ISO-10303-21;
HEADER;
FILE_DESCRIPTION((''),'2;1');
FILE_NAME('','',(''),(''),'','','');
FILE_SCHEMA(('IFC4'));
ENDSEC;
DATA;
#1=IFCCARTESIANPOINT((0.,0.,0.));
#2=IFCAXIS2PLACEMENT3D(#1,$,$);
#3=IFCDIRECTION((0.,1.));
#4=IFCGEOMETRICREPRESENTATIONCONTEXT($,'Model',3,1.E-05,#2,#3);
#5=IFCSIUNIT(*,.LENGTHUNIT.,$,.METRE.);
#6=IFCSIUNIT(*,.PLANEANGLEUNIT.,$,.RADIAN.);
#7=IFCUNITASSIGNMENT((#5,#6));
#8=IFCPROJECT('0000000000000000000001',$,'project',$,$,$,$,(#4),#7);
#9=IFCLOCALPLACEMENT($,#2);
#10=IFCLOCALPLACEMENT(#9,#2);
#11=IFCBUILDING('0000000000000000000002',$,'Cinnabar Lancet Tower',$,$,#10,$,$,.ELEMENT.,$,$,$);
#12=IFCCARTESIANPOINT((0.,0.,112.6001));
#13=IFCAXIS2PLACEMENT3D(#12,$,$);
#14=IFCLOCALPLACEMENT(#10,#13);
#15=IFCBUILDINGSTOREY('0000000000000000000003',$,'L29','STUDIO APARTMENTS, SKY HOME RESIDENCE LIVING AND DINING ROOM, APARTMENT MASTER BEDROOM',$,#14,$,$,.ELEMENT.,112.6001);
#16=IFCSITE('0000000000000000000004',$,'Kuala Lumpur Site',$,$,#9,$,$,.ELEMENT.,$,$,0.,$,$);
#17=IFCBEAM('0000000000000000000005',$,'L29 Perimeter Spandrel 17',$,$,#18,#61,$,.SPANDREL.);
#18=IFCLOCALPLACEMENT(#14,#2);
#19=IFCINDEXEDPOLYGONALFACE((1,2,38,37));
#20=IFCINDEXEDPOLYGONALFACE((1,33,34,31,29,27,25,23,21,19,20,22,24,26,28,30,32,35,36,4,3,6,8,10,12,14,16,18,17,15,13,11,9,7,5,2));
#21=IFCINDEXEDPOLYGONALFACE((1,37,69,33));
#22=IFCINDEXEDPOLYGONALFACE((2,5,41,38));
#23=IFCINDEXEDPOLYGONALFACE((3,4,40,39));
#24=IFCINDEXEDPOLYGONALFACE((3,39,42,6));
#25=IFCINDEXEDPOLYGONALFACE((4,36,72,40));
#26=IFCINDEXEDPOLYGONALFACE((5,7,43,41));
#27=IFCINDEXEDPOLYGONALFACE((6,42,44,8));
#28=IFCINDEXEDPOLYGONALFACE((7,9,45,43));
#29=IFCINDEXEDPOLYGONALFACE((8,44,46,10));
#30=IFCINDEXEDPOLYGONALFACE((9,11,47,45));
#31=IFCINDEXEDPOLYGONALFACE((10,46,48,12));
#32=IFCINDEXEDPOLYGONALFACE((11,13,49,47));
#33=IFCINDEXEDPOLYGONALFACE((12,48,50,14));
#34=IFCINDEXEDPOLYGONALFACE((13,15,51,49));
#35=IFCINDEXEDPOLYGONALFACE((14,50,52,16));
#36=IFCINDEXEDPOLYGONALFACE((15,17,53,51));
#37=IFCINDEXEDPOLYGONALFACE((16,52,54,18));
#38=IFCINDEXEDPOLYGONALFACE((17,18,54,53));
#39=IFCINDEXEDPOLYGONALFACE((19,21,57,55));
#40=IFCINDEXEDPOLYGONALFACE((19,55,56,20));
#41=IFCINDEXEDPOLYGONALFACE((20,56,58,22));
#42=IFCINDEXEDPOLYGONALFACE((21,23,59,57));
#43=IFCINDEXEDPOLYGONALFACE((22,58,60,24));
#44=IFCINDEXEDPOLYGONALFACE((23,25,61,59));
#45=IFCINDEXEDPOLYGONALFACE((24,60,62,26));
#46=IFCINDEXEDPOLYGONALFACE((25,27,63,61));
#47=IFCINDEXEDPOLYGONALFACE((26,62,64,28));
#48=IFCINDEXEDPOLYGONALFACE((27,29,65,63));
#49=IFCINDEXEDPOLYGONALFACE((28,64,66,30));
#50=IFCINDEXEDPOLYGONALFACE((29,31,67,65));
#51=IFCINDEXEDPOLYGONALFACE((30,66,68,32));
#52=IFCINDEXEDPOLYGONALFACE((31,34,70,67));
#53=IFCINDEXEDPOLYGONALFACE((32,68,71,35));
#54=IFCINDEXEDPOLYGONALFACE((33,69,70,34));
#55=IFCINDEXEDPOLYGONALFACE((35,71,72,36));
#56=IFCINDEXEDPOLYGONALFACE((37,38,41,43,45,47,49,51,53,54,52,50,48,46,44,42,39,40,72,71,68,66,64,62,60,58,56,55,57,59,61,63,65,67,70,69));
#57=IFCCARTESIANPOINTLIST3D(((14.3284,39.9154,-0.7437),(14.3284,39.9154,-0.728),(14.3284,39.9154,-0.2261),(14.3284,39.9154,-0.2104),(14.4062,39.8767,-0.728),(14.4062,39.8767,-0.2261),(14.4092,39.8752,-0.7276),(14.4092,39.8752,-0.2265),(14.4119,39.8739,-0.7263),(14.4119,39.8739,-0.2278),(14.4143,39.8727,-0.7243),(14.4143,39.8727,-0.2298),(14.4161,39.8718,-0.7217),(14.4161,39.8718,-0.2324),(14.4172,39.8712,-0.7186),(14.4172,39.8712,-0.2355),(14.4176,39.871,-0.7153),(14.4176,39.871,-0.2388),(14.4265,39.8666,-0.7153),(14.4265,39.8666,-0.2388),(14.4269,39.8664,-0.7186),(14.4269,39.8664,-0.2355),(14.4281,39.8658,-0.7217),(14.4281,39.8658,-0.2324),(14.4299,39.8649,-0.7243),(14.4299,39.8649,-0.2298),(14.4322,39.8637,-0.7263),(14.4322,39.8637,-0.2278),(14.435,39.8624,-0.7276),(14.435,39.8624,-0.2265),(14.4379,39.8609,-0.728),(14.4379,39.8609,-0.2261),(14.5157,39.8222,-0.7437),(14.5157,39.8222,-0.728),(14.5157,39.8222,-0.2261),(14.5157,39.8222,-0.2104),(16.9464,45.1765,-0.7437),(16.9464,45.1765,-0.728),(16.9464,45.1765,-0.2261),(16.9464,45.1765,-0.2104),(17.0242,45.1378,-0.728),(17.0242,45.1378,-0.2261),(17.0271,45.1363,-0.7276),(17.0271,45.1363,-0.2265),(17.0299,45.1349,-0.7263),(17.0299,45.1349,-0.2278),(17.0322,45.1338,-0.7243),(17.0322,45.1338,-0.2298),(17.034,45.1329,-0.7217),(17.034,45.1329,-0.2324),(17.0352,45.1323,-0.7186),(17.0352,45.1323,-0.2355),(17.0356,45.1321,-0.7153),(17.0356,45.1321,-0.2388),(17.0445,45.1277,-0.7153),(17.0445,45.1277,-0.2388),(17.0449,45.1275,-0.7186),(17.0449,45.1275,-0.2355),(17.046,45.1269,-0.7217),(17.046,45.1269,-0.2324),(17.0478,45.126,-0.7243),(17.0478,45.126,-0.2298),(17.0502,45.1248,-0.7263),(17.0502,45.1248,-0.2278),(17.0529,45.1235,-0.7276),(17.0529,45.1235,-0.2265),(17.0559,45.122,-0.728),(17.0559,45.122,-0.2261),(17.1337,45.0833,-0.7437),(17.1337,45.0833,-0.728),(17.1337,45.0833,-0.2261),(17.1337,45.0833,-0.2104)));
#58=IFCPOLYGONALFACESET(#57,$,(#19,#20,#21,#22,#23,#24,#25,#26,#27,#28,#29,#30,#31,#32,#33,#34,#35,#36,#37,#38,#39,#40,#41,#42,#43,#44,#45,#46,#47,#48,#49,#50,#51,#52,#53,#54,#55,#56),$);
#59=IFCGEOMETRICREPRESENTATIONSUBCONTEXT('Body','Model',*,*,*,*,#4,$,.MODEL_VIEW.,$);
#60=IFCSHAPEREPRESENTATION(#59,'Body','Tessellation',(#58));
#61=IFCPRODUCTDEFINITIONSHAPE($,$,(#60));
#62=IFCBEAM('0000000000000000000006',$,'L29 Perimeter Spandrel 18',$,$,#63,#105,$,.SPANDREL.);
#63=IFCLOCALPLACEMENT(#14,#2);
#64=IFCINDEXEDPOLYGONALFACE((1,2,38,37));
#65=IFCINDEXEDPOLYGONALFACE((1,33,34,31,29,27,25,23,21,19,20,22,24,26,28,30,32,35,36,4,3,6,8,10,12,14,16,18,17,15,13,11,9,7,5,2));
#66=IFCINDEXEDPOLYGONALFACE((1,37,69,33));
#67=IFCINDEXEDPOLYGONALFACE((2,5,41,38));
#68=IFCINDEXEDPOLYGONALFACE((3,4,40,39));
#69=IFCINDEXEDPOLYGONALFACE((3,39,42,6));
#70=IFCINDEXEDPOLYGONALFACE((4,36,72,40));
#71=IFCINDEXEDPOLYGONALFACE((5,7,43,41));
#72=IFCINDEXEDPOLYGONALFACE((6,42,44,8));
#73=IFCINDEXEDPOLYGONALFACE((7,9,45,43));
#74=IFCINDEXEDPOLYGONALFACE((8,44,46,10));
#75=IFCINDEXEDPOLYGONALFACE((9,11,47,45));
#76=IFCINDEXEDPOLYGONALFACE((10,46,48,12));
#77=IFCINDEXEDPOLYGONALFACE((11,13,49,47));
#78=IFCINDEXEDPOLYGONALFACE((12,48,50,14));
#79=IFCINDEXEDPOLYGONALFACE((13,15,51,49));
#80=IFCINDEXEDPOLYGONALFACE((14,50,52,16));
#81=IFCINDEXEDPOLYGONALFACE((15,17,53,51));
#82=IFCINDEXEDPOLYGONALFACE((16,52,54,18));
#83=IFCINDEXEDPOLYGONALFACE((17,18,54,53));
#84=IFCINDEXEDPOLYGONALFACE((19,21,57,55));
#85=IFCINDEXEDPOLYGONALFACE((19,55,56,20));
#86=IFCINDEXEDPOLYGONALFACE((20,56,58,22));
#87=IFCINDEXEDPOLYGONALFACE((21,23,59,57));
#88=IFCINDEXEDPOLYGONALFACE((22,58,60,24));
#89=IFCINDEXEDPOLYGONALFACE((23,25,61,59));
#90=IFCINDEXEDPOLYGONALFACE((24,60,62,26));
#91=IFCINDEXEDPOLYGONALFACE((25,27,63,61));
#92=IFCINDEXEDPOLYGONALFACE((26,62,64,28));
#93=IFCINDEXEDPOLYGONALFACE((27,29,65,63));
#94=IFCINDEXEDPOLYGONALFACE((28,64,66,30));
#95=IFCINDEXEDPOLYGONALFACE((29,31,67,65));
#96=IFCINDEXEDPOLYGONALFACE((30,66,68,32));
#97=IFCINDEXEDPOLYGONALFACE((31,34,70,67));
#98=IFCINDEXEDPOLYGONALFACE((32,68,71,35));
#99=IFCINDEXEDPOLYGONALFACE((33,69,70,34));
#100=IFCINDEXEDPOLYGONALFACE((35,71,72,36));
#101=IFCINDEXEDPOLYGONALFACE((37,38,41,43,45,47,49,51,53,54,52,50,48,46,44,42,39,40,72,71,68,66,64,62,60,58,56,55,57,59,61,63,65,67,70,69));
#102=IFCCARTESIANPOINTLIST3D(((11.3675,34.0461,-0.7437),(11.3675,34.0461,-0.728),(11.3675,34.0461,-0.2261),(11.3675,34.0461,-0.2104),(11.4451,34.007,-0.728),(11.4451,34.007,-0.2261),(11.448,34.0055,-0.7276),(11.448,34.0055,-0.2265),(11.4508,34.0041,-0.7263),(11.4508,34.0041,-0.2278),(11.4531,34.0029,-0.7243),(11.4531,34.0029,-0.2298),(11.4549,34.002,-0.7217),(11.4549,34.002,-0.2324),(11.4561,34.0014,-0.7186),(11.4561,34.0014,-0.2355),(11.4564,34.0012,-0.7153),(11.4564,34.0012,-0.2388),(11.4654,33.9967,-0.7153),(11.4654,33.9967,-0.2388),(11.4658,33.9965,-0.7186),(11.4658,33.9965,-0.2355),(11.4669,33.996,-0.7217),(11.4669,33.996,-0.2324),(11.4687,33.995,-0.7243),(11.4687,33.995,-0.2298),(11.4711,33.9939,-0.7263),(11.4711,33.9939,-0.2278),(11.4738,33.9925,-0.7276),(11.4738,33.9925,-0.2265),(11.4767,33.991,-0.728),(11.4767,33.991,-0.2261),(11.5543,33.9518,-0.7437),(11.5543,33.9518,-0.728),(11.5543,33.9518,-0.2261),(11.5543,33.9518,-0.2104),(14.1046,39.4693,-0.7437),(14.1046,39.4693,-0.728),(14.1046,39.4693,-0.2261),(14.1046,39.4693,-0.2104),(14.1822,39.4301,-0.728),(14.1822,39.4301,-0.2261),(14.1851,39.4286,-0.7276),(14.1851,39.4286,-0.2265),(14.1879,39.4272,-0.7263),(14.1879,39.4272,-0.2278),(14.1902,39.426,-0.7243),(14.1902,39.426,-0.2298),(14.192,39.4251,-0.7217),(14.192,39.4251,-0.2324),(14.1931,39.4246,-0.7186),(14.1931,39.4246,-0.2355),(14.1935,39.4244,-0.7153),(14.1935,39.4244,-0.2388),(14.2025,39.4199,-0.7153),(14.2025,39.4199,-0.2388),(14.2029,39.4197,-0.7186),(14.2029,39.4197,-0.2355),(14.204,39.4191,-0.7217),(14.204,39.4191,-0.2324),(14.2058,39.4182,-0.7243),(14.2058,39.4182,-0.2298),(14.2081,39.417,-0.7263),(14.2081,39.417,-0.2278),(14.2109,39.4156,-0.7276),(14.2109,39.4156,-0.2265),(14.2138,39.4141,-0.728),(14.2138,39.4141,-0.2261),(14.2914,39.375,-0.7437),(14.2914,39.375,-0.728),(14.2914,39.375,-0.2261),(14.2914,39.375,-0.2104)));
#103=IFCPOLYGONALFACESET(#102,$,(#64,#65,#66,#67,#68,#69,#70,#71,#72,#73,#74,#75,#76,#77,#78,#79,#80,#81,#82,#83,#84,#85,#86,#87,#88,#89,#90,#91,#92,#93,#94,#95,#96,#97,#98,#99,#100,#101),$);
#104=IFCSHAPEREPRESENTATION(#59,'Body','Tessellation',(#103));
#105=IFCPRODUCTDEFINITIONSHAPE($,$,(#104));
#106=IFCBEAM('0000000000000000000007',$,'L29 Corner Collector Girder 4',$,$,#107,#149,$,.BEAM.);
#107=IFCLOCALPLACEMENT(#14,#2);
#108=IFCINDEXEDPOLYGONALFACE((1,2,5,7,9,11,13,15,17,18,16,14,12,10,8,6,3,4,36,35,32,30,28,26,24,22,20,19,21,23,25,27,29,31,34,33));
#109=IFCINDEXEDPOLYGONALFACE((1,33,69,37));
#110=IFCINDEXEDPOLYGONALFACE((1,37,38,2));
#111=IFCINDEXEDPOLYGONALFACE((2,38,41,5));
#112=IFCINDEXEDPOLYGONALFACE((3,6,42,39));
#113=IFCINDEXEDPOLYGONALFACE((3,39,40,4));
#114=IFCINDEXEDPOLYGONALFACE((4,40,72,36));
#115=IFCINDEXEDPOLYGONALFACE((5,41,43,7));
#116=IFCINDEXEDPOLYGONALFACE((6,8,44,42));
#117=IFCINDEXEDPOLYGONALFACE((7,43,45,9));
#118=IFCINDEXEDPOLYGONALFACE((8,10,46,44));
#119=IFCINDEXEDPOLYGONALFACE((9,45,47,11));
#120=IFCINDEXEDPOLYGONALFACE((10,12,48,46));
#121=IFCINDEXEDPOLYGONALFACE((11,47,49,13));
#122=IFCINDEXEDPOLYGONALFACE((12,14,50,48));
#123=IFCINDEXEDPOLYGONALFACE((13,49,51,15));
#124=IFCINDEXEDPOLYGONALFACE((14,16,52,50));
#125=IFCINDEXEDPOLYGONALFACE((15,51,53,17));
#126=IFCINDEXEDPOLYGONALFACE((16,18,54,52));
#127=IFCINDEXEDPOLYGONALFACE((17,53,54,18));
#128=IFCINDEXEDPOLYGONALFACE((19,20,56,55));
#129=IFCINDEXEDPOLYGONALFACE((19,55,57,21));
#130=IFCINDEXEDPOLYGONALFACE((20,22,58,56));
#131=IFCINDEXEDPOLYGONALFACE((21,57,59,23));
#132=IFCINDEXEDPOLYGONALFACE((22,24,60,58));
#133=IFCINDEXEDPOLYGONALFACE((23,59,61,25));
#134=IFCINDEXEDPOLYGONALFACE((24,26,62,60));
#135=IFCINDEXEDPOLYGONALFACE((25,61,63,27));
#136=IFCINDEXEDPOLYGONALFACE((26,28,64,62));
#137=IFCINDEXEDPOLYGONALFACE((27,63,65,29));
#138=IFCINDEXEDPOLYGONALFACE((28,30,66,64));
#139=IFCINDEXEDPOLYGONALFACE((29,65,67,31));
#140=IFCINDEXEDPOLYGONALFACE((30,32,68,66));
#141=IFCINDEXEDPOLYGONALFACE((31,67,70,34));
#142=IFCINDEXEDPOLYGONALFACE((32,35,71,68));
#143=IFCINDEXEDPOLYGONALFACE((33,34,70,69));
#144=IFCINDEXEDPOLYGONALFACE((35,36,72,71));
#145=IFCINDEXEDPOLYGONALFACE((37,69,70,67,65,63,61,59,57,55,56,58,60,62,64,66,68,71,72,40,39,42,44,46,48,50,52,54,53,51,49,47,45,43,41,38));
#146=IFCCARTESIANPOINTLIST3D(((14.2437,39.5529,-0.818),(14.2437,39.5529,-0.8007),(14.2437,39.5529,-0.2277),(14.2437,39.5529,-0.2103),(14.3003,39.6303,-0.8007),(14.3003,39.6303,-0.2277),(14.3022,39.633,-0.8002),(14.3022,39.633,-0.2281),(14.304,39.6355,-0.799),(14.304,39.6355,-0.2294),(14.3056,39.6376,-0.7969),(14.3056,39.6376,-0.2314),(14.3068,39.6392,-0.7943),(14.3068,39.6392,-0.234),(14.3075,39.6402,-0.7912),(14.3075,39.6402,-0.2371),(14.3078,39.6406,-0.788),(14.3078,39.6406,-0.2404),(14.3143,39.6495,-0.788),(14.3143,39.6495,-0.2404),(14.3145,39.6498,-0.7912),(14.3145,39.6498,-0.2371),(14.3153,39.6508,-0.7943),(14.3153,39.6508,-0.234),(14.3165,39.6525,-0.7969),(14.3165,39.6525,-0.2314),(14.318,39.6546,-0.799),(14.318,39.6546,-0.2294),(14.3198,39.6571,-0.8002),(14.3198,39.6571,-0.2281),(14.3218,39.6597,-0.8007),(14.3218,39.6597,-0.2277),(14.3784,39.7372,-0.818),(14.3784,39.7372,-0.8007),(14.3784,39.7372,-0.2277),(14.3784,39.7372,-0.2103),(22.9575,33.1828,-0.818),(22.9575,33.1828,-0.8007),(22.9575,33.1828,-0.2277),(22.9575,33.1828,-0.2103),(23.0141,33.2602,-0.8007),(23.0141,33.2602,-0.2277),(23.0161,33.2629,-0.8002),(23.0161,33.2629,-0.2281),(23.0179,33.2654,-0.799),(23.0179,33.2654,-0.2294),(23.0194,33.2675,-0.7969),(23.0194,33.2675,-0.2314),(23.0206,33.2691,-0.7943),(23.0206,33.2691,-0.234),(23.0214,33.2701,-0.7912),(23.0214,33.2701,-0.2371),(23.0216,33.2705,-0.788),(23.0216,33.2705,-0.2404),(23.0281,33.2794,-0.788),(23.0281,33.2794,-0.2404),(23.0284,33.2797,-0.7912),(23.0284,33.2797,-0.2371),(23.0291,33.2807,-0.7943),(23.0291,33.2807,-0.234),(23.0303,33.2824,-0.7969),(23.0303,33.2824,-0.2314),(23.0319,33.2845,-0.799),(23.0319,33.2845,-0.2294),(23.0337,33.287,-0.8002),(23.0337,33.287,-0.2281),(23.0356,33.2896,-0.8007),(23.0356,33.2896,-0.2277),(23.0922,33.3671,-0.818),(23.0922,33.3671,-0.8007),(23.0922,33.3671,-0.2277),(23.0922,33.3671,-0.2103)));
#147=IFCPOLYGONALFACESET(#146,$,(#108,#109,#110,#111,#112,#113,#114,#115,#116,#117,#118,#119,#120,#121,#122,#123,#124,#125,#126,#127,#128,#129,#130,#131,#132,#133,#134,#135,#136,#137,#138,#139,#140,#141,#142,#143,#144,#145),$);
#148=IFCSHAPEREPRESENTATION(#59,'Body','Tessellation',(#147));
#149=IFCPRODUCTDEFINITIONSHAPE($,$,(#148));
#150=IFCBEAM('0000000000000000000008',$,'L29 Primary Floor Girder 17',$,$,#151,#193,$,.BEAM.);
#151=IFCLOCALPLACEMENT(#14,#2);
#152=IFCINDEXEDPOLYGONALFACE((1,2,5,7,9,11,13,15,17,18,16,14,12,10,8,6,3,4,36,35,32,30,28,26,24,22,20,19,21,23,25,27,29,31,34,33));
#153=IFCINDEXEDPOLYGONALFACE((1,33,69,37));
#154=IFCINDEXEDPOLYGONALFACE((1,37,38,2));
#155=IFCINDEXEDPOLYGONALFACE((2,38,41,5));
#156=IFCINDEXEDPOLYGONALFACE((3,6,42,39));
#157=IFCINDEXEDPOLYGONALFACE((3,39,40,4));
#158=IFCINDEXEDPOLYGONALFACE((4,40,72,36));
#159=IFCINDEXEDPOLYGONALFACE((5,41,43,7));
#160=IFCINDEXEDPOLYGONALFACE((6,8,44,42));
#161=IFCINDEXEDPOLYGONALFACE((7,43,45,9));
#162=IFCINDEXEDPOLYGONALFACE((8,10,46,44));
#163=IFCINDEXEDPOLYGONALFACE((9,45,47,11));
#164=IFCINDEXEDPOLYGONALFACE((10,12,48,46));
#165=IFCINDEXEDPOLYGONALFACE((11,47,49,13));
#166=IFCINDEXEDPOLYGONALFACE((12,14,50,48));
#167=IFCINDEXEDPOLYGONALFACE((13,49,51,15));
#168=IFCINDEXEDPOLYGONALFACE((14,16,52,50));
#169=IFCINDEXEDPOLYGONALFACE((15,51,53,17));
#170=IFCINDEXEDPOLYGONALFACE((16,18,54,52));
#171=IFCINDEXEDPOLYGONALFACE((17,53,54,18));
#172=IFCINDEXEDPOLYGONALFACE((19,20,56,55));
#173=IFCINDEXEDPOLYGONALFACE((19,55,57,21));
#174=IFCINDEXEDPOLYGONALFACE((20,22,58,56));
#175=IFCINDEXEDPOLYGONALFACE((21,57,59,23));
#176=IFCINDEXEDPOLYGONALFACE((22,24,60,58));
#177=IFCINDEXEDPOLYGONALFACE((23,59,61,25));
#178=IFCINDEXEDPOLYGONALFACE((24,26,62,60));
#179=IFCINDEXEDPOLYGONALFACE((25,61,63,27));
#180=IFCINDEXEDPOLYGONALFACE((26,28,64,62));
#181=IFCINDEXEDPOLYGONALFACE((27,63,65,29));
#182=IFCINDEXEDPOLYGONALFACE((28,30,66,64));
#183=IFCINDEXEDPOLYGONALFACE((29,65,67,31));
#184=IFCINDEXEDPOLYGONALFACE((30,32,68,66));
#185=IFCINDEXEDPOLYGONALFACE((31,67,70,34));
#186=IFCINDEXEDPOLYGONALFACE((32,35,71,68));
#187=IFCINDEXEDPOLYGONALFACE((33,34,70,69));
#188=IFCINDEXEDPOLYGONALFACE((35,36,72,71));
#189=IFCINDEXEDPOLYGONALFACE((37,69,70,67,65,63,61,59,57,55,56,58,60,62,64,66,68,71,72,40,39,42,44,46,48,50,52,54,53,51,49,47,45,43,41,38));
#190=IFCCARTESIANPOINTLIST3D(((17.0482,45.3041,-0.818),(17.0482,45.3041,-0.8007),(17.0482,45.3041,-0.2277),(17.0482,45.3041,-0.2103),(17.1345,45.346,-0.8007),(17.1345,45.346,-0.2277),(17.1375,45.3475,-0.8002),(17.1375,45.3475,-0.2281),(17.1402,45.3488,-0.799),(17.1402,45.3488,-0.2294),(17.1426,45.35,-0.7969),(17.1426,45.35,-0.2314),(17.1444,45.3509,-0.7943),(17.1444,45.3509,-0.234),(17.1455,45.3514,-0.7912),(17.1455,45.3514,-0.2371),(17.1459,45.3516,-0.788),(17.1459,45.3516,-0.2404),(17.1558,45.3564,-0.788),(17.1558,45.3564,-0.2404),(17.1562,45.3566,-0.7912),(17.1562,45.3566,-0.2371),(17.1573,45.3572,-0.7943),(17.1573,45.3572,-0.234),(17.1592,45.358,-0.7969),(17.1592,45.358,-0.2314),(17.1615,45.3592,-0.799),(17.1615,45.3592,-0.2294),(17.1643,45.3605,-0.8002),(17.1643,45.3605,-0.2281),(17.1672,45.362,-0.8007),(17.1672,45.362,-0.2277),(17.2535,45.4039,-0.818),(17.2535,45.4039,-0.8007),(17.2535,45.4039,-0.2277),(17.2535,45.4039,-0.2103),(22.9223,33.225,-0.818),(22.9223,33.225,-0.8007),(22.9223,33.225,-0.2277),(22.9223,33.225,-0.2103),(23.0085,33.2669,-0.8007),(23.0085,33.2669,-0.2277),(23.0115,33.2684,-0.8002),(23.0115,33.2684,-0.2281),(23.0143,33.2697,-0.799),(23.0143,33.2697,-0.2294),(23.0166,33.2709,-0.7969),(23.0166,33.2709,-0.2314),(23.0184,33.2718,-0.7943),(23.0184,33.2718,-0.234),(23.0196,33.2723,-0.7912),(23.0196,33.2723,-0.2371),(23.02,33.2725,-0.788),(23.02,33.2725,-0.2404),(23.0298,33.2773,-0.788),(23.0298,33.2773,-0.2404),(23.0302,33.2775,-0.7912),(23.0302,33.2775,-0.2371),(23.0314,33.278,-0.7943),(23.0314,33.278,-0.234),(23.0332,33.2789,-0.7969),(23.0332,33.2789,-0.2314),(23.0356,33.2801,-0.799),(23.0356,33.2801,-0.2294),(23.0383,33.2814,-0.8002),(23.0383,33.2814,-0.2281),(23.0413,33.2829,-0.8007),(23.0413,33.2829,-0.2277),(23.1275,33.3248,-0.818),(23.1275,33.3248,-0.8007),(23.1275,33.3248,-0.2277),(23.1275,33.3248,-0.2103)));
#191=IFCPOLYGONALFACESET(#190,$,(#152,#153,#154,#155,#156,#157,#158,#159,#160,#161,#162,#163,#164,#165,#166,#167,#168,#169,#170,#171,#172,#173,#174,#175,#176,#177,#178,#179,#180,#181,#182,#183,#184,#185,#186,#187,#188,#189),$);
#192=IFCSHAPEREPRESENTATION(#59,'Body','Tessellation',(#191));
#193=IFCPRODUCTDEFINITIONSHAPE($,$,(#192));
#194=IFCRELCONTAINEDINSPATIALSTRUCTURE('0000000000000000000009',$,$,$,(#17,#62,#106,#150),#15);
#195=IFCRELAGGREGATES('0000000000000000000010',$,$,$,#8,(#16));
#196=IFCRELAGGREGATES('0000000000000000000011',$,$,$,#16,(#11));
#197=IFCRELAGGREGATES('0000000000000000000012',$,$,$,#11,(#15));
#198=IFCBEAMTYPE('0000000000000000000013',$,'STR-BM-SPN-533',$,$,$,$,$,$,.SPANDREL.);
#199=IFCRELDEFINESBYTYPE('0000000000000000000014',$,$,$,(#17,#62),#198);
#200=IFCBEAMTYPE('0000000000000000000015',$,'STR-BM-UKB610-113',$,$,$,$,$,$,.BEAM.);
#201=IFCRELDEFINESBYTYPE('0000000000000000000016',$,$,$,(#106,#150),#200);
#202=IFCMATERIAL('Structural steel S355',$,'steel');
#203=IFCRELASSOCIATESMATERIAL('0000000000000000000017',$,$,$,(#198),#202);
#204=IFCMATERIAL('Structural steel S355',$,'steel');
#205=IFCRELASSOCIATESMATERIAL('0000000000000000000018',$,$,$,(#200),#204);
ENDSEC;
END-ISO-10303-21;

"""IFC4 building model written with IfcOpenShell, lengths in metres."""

from ifc_helpers import new_model, si_unit, direction, frame, origin, origin_2d, place, context, subcontext, project, spatial, i_section, extrude, material, material_profile, profile_set, type_object, element, save


model = new_model("IFC4")

# Units and contexts
model_context = context("Model", 3, precision=1e-05, world=origin(), true_north=direction((0.0, 1.0)))
body_context = subcontext(model_context, "Body", "Model", "MODEL_VIEW")
ifc_project = project(units=[si_unit("LENGTHUNIT", "METRE"), si_unit("PLANEANGLEUNIT", "RADIAN")], contexts=[model_context])

# Site, building, storey
site_placement = place(None, origin())
site = spatial("IfcSite", under=ifc_project, at=site_placement, Name="Kuala Lumpur Site", CompositionType="ELEMENT", RefElevation=0.0)
building_placement = place(site_placement, origin())
building = spatial("IfcBuilding", under=site, at=building_placement, Name="Cinnabar Lancet Tower", CompositionType="ELEMENT")
storey_placement = place(building_placement, frame((0.0, 0.0, 112.6001)))
storey = spatial("IfcBuildingStorey", under=building, at=storey_placement, Name="L29", Description="STUDIO APARTMENTS, SKY HOME RESIDENCE LIVING AND DINING ROOM, APARTMENT MASTER BEDROOM", CompositionType="ELEMENT", Elevation=112.6001)

# Beams
ifc_material_1 = material(Name="Structural steel S355", Category="steel")
ifc_material_profile_1 = material_profile(ifc_material_1, i_section(OverallWidth=0.2092, OverallDepth=0.5332, WebThickness=0.01, FlangeThickness=0.0156, FilletRadius=0.0127, at=origin_2d()), Name="UKB 533x210x92")
ifc_profile_set_1 = profile_set([ifc_material_profile_1], Name="Structural steel S355")
beam_type_1 = type_object("IfcBeamType", Name="STR-BM-SPN-533", PredefinedType="SPANDREL", material=ifc_profile_set_1)
beam_1_placement = place(storey_placement, frame((17.04, 45.1299, -0.4771), z_axis=(-0.445501, -0.895281, 0.0), x_axis=(0.895281, -0.445501, 0.0)))
element("IfcBeam", 1, at=beam_1_placement, inside=storey, type_object=beam_type_1, Name="L29 Perimeter Spandrel 17", PredefinedType="SPANDREL", context=body_context, shape_type="SweptSolid", body=[
    extrude(i_section(OverallWidth=0.2092, OverallDepth=0.5332, WebThickness=0.01, FlangeThickness=0.0156, FilletRadius=0.0127, at=origin_2d()), origin(), (0.0, 0.0, 1.0), 5.8765),
])
beam_2_placement = place(storey_placement, frame((14.198, 39.4221, -0.4771), z_axis=(-0.45057, -0.892741, 0.0), x_axis=(0.892741, -0.45057, 0.0)))
element("IfcBeam", 2, at=beam_2_placement, inside=storey, type_object=beam_type_1, Name="L29 Perimeter Spandrel 18", PredefinedType="SPANDREL", context=body_context, shape_type="SweptSolid", body=[
    extrude(i_section(OverallWidth=0.2092, OverallDepth=0.5332, WebThickness=0.01, FlangeThickness=0.0156, FilletRadius=0.0127, at=origin_2d()), origin(), (0.0, 0.0, 1.0), 6.0747),
])
ifc_material_2 = material(Name="Structural steel S355", Category="steel")
ifc_material_profile_2 = material_profile(ifc_material_2, i_section(OverallWidth=0.2283, OverallDepth=0.6077, WebThickness=0.011, FlangeThickness=0.0173, FilletRadius=0.0127, at=origin_2d()), Name="UKB 610x229x113")
ifc_profile_set_2 = profile_set([ifc_material_profile_2], Name="Structural steel S355")
beam_type_2 = type_object("IfcBeamType", Name="STR-BM-UKB610-113", PredefinedType="BEAM", material=ifc_profile_set_2)
beam_3_placement = place(storey_placement, frame((14.311, 39.645, -0.5142), z_axis=(0.80729, -0.590155, 0.0), x_axis=(0.590155, 0.80729, 0.0)))
element("IfcBeam", 3, at=beam_3_placement, inside=storey, type_object=beam_type_2, Name="L29 Corner Collector Girder 4", PredefinedType="BEAM", context=body_context, shape_type="SweptSolid", body=[
    extrude(i_section(OverallWidth=0.2283, OverallDepth=0.6077, WebThickness=0.011, FlangeThickness=0.0173, FilletRadius=0.0127, at=origin_2d()), origin(), (0.0, 0.0, 1.0), 10.7939),
])
beam_4_placement = place(storey_placement, frame((17.1509, 45.354, -0.5142), z_axis=(0.437327, -0.899302, 0.0), x_axis=(0.899302, 0.437327, 0.0)))
element("IfcBeam", 4, at=beam_4_placement, inside=storey, type_object=beam_type_2, Name="L29 Primary Floor Girder 17", PredefinedType="BEAM", context=body_context, shape_type="SweptSolid", body=[
    extrude(i_section(OverallWidth=0.2283, OverallDepth=0.6077, WebThickness=0.011, FlangeThickness=0.0173, FilletRadius=0.0127, at=origin_2d()), origin(), (0.0, 0.0, 1.0), 13.4316),
])

save(model, "model.ifc")
